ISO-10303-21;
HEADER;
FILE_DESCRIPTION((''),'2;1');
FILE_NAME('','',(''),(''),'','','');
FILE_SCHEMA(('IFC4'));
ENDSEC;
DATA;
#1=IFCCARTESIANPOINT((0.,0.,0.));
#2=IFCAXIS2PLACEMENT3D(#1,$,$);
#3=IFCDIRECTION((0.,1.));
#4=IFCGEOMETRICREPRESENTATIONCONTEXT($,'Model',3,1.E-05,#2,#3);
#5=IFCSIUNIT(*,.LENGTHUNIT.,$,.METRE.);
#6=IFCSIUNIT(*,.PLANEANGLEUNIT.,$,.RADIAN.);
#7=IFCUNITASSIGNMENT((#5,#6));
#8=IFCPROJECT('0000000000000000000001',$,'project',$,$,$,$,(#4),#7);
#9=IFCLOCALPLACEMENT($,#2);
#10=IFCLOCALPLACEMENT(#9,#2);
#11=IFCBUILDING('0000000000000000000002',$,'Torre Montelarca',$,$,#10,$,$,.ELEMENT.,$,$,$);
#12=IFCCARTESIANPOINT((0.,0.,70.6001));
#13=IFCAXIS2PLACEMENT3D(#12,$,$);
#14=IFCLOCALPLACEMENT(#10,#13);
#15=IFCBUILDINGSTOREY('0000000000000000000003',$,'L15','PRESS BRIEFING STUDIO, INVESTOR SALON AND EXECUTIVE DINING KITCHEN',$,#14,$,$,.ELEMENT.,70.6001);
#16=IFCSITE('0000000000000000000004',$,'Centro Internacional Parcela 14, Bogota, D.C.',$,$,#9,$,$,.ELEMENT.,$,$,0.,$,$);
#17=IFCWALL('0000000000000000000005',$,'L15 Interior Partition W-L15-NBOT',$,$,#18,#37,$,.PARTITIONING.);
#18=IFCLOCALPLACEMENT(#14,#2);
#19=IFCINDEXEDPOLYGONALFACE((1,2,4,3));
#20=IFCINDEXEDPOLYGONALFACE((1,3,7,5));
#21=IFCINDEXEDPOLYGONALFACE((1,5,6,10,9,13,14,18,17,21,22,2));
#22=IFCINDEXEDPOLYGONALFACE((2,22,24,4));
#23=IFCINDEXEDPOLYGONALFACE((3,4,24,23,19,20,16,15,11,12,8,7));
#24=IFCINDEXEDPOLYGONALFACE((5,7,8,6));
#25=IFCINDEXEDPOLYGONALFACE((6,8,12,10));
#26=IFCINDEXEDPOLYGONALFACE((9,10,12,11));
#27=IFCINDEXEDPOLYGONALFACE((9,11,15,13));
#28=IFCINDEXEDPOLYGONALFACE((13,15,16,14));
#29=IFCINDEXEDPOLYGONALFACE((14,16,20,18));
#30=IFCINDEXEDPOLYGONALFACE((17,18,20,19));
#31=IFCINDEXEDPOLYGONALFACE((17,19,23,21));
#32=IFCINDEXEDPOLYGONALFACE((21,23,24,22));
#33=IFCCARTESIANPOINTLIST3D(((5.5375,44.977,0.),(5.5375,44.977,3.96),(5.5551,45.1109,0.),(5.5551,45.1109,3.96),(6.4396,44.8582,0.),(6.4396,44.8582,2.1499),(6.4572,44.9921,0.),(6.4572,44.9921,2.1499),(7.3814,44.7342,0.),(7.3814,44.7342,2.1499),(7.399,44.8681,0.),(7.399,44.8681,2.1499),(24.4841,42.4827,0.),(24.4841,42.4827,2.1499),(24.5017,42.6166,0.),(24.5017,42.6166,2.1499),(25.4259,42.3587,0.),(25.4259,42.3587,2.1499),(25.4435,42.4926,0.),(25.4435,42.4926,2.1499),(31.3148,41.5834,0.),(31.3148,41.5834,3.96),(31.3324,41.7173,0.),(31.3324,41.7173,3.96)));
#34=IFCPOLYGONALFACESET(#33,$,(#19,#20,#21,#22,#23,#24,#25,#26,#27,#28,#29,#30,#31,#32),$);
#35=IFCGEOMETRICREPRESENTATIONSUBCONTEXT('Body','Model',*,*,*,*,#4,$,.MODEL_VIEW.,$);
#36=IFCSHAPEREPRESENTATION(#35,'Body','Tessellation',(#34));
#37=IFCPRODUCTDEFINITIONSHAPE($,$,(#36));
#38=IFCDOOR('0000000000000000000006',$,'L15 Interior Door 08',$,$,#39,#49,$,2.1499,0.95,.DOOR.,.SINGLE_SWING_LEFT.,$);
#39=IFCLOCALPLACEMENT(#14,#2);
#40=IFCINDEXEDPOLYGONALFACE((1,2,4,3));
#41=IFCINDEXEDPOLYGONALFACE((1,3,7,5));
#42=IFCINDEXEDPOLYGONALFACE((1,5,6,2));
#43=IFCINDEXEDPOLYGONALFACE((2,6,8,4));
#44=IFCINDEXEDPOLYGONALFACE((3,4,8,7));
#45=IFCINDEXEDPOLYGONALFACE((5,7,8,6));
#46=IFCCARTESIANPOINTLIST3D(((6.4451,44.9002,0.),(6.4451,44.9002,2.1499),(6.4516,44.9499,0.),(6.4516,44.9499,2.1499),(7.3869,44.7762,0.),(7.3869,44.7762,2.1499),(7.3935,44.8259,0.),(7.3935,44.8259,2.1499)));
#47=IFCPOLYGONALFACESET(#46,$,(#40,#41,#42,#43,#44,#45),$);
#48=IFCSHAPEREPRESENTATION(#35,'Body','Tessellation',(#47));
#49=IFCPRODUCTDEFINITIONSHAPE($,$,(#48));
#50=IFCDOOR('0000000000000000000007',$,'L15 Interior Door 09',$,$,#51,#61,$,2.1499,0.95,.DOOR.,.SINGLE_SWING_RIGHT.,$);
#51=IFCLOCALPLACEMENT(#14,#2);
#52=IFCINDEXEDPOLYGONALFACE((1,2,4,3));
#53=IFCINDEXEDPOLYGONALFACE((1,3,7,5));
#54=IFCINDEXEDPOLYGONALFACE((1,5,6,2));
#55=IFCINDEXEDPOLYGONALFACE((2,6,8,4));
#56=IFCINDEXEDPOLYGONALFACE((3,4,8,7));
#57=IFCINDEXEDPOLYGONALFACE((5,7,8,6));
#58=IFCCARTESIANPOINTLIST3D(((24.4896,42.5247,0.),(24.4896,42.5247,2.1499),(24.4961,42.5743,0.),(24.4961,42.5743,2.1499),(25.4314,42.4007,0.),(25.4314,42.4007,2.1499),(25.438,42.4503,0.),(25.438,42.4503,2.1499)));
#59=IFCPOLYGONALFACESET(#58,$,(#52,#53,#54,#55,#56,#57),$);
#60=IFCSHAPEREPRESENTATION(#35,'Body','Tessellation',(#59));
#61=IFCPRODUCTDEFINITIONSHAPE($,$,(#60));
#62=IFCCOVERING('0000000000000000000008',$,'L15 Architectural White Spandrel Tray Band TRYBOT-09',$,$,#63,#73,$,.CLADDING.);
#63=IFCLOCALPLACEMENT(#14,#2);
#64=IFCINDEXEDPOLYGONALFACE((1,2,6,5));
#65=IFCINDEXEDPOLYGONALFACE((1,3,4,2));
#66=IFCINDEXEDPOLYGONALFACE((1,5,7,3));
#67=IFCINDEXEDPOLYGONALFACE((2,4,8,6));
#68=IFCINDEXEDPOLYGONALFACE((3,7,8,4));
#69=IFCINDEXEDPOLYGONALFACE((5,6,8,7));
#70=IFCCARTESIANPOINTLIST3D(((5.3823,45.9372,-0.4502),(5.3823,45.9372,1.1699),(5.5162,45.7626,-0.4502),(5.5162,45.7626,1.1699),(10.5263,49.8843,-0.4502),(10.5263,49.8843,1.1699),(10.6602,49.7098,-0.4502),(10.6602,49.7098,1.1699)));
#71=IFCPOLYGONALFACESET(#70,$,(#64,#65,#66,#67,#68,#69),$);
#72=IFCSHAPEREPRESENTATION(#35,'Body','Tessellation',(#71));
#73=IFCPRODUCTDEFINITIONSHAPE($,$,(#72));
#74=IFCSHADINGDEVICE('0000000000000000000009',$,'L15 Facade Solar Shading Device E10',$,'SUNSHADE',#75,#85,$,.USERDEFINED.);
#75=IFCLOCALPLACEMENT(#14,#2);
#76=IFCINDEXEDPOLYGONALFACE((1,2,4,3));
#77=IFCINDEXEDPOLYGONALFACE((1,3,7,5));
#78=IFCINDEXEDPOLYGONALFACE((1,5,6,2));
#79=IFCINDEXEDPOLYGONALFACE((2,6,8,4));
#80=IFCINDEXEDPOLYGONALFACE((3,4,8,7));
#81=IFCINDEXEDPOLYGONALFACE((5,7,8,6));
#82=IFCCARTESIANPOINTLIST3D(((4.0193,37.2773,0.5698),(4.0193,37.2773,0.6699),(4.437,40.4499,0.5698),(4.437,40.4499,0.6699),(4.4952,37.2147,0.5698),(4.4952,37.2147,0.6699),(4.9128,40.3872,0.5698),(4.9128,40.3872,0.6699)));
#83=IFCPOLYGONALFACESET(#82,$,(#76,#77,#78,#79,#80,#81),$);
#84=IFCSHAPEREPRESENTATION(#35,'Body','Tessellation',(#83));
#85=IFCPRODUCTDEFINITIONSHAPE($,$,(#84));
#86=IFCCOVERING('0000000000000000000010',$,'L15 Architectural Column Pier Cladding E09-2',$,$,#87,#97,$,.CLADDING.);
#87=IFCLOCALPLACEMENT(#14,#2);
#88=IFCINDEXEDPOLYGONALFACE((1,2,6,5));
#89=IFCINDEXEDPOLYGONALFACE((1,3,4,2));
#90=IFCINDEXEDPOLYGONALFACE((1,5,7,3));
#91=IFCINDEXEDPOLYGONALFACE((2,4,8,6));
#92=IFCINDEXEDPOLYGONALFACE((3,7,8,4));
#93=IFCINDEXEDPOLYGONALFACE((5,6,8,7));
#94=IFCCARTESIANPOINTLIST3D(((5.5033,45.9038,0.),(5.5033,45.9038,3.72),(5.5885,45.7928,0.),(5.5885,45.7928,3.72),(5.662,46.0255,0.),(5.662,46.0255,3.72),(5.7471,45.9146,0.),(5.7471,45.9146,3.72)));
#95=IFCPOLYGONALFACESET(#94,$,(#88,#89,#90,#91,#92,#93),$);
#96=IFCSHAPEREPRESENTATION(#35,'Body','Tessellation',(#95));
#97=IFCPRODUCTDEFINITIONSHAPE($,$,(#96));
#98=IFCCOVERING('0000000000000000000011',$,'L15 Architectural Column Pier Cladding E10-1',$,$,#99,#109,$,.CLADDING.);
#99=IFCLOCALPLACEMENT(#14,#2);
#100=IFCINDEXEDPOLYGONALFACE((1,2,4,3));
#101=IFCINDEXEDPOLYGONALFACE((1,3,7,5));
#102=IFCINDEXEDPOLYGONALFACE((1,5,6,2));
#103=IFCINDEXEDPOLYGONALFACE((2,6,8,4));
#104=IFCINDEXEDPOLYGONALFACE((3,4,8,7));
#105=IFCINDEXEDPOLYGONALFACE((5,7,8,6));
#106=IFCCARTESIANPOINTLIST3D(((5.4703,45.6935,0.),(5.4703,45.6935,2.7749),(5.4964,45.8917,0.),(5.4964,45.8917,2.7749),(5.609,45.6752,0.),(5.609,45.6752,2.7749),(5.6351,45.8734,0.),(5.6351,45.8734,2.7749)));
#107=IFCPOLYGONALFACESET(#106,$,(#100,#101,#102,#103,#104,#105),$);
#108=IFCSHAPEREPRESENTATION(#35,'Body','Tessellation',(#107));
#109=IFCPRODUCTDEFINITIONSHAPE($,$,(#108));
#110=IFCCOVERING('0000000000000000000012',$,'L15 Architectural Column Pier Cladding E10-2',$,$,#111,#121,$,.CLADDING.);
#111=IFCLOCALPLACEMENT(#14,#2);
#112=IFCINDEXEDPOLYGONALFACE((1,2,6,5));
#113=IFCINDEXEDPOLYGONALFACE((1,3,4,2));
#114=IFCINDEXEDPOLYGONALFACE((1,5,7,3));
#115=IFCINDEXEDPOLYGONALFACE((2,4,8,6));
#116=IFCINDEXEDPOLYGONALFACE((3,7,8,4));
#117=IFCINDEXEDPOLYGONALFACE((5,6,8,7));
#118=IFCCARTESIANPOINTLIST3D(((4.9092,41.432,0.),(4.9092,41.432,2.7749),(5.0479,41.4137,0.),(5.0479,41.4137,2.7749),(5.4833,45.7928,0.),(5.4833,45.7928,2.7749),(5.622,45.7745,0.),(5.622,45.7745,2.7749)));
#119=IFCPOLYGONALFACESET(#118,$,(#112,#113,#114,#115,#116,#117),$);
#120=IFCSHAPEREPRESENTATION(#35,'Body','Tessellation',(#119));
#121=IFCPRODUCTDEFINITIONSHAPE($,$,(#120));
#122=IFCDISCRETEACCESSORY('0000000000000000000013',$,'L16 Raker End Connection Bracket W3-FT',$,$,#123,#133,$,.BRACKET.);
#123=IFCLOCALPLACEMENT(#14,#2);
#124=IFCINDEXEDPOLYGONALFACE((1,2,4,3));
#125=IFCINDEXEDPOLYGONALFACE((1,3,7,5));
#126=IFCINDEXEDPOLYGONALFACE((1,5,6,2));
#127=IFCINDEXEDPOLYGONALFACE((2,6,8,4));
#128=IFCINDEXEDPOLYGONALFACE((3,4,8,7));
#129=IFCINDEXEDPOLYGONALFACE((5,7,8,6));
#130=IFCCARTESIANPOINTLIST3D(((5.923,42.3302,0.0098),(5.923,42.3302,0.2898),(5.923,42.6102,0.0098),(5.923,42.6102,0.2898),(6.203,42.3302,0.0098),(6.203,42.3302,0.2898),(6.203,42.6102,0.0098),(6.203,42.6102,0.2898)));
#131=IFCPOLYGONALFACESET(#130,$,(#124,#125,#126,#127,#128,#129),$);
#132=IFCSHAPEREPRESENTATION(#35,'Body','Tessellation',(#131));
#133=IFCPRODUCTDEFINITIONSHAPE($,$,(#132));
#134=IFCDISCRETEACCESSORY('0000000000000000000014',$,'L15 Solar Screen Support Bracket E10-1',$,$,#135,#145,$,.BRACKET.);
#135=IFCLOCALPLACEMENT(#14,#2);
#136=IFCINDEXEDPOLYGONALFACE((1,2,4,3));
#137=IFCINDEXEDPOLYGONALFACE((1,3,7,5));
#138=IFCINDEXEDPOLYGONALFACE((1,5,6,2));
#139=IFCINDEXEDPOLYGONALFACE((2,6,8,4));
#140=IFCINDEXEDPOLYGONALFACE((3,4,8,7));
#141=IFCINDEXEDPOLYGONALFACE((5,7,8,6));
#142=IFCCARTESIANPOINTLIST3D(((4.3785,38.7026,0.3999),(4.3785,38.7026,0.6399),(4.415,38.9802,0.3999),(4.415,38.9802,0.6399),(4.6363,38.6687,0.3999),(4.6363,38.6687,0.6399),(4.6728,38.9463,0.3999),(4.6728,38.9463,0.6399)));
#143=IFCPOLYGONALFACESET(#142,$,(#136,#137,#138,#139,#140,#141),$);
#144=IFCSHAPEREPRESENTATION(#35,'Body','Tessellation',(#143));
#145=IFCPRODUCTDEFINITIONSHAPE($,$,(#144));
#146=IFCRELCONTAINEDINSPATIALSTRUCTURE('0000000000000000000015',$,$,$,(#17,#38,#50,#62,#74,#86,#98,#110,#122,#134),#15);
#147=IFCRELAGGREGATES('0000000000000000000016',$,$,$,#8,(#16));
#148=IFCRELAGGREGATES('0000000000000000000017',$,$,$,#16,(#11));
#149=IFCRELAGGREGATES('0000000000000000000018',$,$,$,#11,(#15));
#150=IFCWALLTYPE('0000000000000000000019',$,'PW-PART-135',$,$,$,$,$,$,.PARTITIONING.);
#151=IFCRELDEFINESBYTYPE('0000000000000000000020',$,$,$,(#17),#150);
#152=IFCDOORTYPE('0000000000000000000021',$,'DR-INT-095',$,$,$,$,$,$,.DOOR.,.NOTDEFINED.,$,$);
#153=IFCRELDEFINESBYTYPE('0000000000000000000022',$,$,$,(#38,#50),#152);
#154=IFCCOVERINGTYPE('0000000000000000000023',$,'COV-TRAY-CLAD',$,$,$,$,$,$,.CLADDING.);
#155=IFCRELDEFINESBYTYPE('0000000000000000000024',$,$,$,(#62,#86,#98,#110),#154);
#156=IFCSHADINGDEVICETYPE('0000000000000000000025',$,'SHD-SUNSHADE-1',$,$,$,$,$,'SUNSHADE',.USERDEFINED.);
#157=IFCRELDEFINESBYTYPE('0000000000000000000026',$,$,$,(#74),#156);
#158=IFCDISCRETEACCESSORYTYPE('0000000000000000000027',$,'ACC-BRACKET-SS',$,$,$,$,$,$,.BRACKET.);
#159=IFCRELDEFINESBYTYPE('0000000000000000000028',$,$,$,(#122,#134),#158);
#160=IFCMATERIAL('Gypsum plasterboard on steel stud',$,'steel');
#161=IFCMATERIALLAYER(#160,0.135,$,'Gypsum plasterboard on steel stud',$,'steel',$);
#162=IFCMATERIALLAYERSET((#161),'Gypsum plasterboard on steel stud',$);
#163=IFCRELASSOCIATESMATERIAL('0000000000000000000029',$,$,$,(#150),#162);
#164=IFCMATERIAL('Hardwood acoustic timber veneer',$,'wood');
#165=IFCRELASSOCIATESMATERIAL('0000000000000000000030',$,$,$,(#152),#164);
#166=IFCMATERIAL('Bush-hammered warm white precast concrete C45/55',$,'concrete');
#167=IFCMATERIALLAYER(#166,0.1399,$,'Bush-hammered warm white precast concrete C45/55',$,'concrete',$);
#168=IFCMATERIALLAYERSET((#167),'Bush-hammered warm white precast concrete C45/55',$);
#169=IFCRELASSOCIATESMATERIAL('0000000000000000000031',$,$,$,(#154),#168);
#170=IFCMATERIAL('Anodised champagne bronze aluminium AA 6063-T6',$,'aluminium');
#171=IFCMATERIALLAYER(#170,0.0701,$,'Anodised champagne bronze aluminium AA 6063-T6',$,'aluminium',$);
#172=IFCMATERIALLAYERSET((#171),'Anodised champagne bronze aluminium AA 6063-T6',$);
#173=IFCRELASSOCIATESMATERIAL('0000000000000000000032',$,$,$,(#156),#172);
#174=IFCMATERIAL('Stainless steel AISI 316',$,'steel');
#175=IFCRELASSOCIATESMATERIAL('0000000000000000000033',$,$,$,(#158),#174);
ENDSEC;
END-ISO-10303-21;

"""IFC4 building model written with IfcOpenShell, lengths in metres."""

from ifc_helpers import new_model, si_unit, direction, frame, frame_2d, origin, origin_2d, place, context, subcontext, project, spatial, rectangle, extrude, source, transform, mapped, material, layer, layer_set, type_object, element, fill, save


model = new_model("IFC4")

# Units and contexts
model_context = context("Model", 3, precision=1e-05, world=origin(), true_north=direction((0.0, 1.0)))
body_context = subcontext(model_context, "Body", "Model", "MODEL_VIEW")
ifc_project = project(units=[si_unit("LENGTHUNIT", "METRE"), si_unit("PLANEANGLEUNIT", "RADIAN")], contexts=[model_context])

# Site, building, storey
site_placement = place(None, origin())
site = spatial("IfcSite", under=ifc_project, at=site_placement, Name="Centro Internacional Parcela 14, Bogota, D.C.", CompositionType="ELEMENT", RefElevation=0.0)
building_placement = place(site_placement, origin())
building = spatial("IfcBuilding", under=site, at=building_placement, Name="Torre Montelarca", CompositionType="ELEMENT")
storey_placement = place(building_placement, frame((0.0, 0.0, 70.6001)))
storey = spatial("IfcBuildingStorey", under=building, at=storey_placement, Name="L15", Description="PRESS BRIEFING STUDIO, INVESTOR SALON AND EXECUTIVE DINING KITCHEN", CompositionType="ELEMENT", Elevation=70.6001)

# Wall, openings, doors
ifc_material_1 = material(Name="Gypsum plasterboard on steel stud", Category="steel")
ifc_layer_1 = layer(ifc_material_1, 0.135, Name="Gypsum plasterboard on steel stud", Category="steel")
ifc_layer_set_1 = layer_set([ifc_layer_1], Name="Gypsum plasterboard on steel stud")
wall_type = type_object("IfcWallType", Name="PW-PART-135", PredefinedType="PARTITIONING", material=ifc_layer_set_1)
wall_placement = place(storey_placement, frame((5.5461, 45.0439, 0.0), z_axis=(0.0, 0.0, 1.0), x_axis=(0.991445, -0.130523, 0.0)))
wall = element("IfcWall", 1, at=wall_placement, inside=storey, type_object=wall_type, Name="L15 Interior Partition W-L15-NBOT", PredefinedType="PARTITIONING", context=body_context, shape_type="SweptSolid", body=[
    extrude(rectangle(XDim=25.9998, YDim=0.135, at=frame_2d((13.0, 0.0))), origin(), (0.0, 0.0, 1.0), 3.96),
])
opening_1_placement = place(wall_placement, frame((0.9099, 0.0, 0.0)))
opening_1 = element("IfcOpeningElement", 2, at=opening_1_placement, cuts=wall, PredefinedType="OPENING", context=body_context, shape_type="SweptSolid", body=[
    extrude(rectangle(XDim=0.95, YDim=2.1499, at=frame_2d((0.4751, 1.075))), frame((0.0, 0.0776, 0.0), z_axis=(0.0, -1.0, 0.0), x_axis=(1.0, 0.0, 0.0)), (0.0, 0.0, 1.0), 0.155),
])
opening_2_placement = place(wall_placement, frame((19.1101, 0.0, 0.0)))
opening_2 = element("IfcOpeningElement", 3, at=opening_2_placement, cuts=wall, PredefinedType="OPENING", context=body_context, shape_type="SweptSolid", body=[
    extrude(rectangle(XDim=0.95, YDim=2.1499, at=frame_2d((0.4751, 1.075))), frame((0.0, 0.0776, 0.0), z_axis=(0.0, -1.0, 0.0), x_axis=(1.0, 0.0, 0.0)), (0.0, 0.0, 1.0), 0.155),
])
ifc_material_2 = material(Name="Hardwood acoustic timber veneer", Category="wood")
door_type = type_object("IfcDoorType", Name="DR-INT-095", OperationType="NOTDEFINED", PredefinedType="DOOR", material=ifc_material_2)
shared_shape_1 = source(origin(), body_context, "Body", "SweptSolid", [
    extrude(rectangle(XDim=0.95, YDim=2.1499, at=frame_2d((0.4751, 1.075))), frame((0.0, 0.0249, 0.0), z_axis=(0.0, -1.0, 0.0), x_axis=(1.0, 0.0, 0.0)), (0.0, 0.0, 1.0), 0.05),
])
door_1_placement = place(opening_1_placement, origin())
door_1 = element("IfcDoor", 4, at=door_1_placement, inside=storey, type_object=door_type, Name="L15 Interior Door 08", OperationType="SINGLE_SWING_LEFT", OverallHeight=2.1499, OverallWidth=0.95, PredefinedType="DOOR", context=body_context, shape_type="MappedRepresentation", body=[
    mapped(shared_shape_1, transform((0.0, 0.0, 0.0), scale=1.0)),
])
fill(opening_1, door_1)
door_2_placement = place(opening_2_placement, origin())
door_2 = element("IfcDoor", 5, at=door_2_placement, inside=storey, type_object=door_type, Name="L15 Interior Door 09", OperationType="SINGLE_SWING_RIGHT", OverallHeight=2.1499, OverallWidth=0.95, PredefinedType="DOOR", context=body_context, shape_type="MappedRepresentation", body=[
    mapped(shared_shape_1, transform((0.0, 0.0, 0.0), scale=1.0)),
])
fill(opening_2, door_2)

# Covering
ifc_material_3 = material(Name="Bush-hammered warm white precast concrete C45/55", Category="concrete")
ifc_layer_2 = layer(ifc_material_3, 0.1399, Name="Bush-hammered warm white precast concrete C45/55", Category="concrete")
ifc_layer_set_2 = layer_set([ifc_layer_2], Name="Bush-hammered warm white precast concrete C45/55")
covering_type = type_object("IfcCoveringType", Name="COV-TRAY-CLAD", PredefinedType="CLADDING", material=ifc_layer_set_2)
shared_shape_2 = source(origin(), body_context, "Body", "SweptSolid", [
    extrude(rectangle(XDim=6.4839, YDim=0.22, at=origin_2d()), origin(), (0.0, 0.0, 1.0), 1.6201),
])
covering_1_placement = place(storey_placement, frame((8.0212, 47.8235, -0.4502), z_axis=(0.0, 0.0, 1.0), x_axis=(-0.79335, -0.608766, 0.0)))
element("IfcCovering", 6, at=covering_1_placement, inside=storey, type_object=covering_type, Name="L15 Architectural White Spandrel Tray Band TRYBOT-09", PredefinedType="CLADDING", context=body_context, shape_type="MappedRepresentation", body=[
    mapped(shared_shape_2, transform((0.0, 0.0, 0.0), scale=1.0)),
])

# Shading device
ifc_material_4 = material(Name="Anodised champagne bronze aluminium AA 6063-T6", Category="aluminium")
ifc_layer_3 = layer(ifc_material_4, 0.0701, Name="Anodised champagne bronze aluminium AA 6063-T6", Category="aluminium")
ifc_layer_set_3 = layer_set([ifc_layer_3], Name="Anodised champagne bronze aluminium AA 6063-T6")
shading_device_type = type_object("IfcShadingDeviceType", Name="SHD-SUNSHADE-1", ElementType="SUNSHADE", PredefinedType="USERDEFINED", material=ifc_layer_set_3)
shared_shape_3 = source(origin(), body_context, "Body", "SweptSolid", [
    extrude(rectangle(XDim=3.2, YDim=0.48, at=origin_2d()), origin(), (0.0, 0.0, 1.0), 0.1001),
])
shading_device_placement = place(storey_placement, frame((4.4661, 38.8323, 0.5698), z_axis=(0.0, 0.0, 1.0), x_axis=(-0.130528, -0.991445, 0.0)))
element("IfcShadingDevice", 7, at=shading_device_placement, inside=storey, type_object=shading_device_type, Name="L15 Facade Solar Shading Device E10", ObjectType="SUNSHADE", PredefinedType="USERDEFINED", context=body_context, shape_type="MappedRepresentation", body=[
    mapped(shared_shape_3, transform((0.0, 0.0, 0.0), scale=1.0)),
])

# Coverings
shared_shape_4 = source(origin(), body_context, "Body", "SweptSolid", [
    extrude(rectangle(XDim=0.2, YDim=0.1399, at=origin_2d()), origin(), (0.0, 0.0, 1.0), 3.72),
])
covering_2_placement = place(storey_placement, frame((5.6252, 45.9092, 0.0), z_axis=(0.0, 0.0, 1.0), x_axis=(-0.793344, -0.608774, 0.0)))
element("IfcCovering", 8, at=covering_2_placement, inside=storey, type_object=covering_type, Name="L15 Architectural Column Pier Cladding E09-2", PredefinedType="CLADDING", context=body_context, shape_type="MappedRepresentation", body=[
    mapped(shared_shape_4, transform((0.0, 0.0, 0.0), scale=1.0)),
])
shared_shape_5 = source(origin(), body_context, "Body", "SweptSolid", [
    extrude(rectangle(XDim=0.2, YDim=0.1399, at=origin_2d()), origin(), (0.0, 0.0, 1.0), 2.7749),
])
covering_3_placement = place(storey_placement, frame((5.5527, 45.7834, 0.0), z_axis=(0.0, 0.0, 1.0), x_axis=(-0.130528, -0.991445, 0.0)))
element("IfcCovering", 9, at=covering_3_placement, inside=storey, type_object=covering_type, Name="L15 Architectural Column Pier Cladding E10-1", PredefinedType="CLADDING", context=body_context, shape_type="MappedRepresentation", body=[
    mapped(shared_shape_5, transform((0.0, 0.0, 0.0), scale=1.0)),
])
shared_shape_6 = source(origin(), body_context, "Body", "SweptSolid", [
    extrude(rectangle(XDim=4.3984, YDim=0.1399, at=origin_2d()), origin(), (0.0, 0.0, 1.0), 2.7749),
])
covering_4_placement = place(storey_placement, frame((5.2656, 43.6033, 0.0), z_axis=(0.0, 0.0, 1.0), x_axis=(-0.130528, -0.991445, 0.0)))
element("IfcCovering", 10, at=covering_4_placement, inside=storey, type_object=covering_type, Name="L15 Architectural Column Pier Cladding E10-2", PredefinedType="CLADDING", context=body_context, shape_type="MappedRepresentation", body=[
    mapped(shared_shape_6, transform((0.0, 0.0, 0.0), scale=1.0)),
])

# Discrete accessories
ifc_material_5 = material(Name="Stainless steel AISI 316", Category="steel")
discrete_accessory_type = type_object("IfcDiscreteAccessoryType", Name="ACC-BRACKET-SS", PredefinedType="BRACKET", material=ifc_material_5)
shared_shape_7 = source(origin(), body_context, "Body", "SweptSolid", [
    extrude(rectangle(XDim=0.28, YDim=0.28, at=origin_2d()), origin(), (0.0, 0.0, 1.0), 0.28),
])
discrete_accessory_1_placement = place(storey_placement, frame((6.063, 42.4702, 0.0098), z_axis=(0.0, 0.0, 1.0), x_axis=(1.0, 0.0, 0.0)))
element("IfcDiscreteAccessory", 11, at=discrete_accessory_1_placement, inside=storey, type_object=discrete_accessory_type, Name="L16 Raker End Connection Bracket W3-FT", PredefinedType="BRACKET", context=body_context, shape_type="MappedRepresentation", body=[
    mapped(shared_shape_7, transform((0.0, 0.0, 0.0), scale=1.0)),
])
shared_shape_8 = source(origin(), body_context, "Body", "SweptSolid", [
    extrude(rectangle(XDim=0.28, YDim=0.26, at=origin_2d()), origin(), (0.0, 0.0, 1.0), 0.24),
])
discrete_accessory_2_placement = place(storey_placement, frame((4.5256, 38.8245, 0.3999), z_axis=(0.0, 0.0, 1.0), x_axis=(-0.130528, -0.991445, 0.0)))
element("IfcDiscreteAccessory", 12, at=discrete_accessory_2_placement, inside=storey, type_object=discrete_accessory_type, Name="L15 Solar Screen Support Bracket E10-1", PredefinedType="BRACKET", context=body_context, shape_type="MappedRepresentation", body=[
    mapped(shared_shape_8, transform((0.0, 0.0, 0.0), scale=1.0)),
])

save(model, "model.ifc")
